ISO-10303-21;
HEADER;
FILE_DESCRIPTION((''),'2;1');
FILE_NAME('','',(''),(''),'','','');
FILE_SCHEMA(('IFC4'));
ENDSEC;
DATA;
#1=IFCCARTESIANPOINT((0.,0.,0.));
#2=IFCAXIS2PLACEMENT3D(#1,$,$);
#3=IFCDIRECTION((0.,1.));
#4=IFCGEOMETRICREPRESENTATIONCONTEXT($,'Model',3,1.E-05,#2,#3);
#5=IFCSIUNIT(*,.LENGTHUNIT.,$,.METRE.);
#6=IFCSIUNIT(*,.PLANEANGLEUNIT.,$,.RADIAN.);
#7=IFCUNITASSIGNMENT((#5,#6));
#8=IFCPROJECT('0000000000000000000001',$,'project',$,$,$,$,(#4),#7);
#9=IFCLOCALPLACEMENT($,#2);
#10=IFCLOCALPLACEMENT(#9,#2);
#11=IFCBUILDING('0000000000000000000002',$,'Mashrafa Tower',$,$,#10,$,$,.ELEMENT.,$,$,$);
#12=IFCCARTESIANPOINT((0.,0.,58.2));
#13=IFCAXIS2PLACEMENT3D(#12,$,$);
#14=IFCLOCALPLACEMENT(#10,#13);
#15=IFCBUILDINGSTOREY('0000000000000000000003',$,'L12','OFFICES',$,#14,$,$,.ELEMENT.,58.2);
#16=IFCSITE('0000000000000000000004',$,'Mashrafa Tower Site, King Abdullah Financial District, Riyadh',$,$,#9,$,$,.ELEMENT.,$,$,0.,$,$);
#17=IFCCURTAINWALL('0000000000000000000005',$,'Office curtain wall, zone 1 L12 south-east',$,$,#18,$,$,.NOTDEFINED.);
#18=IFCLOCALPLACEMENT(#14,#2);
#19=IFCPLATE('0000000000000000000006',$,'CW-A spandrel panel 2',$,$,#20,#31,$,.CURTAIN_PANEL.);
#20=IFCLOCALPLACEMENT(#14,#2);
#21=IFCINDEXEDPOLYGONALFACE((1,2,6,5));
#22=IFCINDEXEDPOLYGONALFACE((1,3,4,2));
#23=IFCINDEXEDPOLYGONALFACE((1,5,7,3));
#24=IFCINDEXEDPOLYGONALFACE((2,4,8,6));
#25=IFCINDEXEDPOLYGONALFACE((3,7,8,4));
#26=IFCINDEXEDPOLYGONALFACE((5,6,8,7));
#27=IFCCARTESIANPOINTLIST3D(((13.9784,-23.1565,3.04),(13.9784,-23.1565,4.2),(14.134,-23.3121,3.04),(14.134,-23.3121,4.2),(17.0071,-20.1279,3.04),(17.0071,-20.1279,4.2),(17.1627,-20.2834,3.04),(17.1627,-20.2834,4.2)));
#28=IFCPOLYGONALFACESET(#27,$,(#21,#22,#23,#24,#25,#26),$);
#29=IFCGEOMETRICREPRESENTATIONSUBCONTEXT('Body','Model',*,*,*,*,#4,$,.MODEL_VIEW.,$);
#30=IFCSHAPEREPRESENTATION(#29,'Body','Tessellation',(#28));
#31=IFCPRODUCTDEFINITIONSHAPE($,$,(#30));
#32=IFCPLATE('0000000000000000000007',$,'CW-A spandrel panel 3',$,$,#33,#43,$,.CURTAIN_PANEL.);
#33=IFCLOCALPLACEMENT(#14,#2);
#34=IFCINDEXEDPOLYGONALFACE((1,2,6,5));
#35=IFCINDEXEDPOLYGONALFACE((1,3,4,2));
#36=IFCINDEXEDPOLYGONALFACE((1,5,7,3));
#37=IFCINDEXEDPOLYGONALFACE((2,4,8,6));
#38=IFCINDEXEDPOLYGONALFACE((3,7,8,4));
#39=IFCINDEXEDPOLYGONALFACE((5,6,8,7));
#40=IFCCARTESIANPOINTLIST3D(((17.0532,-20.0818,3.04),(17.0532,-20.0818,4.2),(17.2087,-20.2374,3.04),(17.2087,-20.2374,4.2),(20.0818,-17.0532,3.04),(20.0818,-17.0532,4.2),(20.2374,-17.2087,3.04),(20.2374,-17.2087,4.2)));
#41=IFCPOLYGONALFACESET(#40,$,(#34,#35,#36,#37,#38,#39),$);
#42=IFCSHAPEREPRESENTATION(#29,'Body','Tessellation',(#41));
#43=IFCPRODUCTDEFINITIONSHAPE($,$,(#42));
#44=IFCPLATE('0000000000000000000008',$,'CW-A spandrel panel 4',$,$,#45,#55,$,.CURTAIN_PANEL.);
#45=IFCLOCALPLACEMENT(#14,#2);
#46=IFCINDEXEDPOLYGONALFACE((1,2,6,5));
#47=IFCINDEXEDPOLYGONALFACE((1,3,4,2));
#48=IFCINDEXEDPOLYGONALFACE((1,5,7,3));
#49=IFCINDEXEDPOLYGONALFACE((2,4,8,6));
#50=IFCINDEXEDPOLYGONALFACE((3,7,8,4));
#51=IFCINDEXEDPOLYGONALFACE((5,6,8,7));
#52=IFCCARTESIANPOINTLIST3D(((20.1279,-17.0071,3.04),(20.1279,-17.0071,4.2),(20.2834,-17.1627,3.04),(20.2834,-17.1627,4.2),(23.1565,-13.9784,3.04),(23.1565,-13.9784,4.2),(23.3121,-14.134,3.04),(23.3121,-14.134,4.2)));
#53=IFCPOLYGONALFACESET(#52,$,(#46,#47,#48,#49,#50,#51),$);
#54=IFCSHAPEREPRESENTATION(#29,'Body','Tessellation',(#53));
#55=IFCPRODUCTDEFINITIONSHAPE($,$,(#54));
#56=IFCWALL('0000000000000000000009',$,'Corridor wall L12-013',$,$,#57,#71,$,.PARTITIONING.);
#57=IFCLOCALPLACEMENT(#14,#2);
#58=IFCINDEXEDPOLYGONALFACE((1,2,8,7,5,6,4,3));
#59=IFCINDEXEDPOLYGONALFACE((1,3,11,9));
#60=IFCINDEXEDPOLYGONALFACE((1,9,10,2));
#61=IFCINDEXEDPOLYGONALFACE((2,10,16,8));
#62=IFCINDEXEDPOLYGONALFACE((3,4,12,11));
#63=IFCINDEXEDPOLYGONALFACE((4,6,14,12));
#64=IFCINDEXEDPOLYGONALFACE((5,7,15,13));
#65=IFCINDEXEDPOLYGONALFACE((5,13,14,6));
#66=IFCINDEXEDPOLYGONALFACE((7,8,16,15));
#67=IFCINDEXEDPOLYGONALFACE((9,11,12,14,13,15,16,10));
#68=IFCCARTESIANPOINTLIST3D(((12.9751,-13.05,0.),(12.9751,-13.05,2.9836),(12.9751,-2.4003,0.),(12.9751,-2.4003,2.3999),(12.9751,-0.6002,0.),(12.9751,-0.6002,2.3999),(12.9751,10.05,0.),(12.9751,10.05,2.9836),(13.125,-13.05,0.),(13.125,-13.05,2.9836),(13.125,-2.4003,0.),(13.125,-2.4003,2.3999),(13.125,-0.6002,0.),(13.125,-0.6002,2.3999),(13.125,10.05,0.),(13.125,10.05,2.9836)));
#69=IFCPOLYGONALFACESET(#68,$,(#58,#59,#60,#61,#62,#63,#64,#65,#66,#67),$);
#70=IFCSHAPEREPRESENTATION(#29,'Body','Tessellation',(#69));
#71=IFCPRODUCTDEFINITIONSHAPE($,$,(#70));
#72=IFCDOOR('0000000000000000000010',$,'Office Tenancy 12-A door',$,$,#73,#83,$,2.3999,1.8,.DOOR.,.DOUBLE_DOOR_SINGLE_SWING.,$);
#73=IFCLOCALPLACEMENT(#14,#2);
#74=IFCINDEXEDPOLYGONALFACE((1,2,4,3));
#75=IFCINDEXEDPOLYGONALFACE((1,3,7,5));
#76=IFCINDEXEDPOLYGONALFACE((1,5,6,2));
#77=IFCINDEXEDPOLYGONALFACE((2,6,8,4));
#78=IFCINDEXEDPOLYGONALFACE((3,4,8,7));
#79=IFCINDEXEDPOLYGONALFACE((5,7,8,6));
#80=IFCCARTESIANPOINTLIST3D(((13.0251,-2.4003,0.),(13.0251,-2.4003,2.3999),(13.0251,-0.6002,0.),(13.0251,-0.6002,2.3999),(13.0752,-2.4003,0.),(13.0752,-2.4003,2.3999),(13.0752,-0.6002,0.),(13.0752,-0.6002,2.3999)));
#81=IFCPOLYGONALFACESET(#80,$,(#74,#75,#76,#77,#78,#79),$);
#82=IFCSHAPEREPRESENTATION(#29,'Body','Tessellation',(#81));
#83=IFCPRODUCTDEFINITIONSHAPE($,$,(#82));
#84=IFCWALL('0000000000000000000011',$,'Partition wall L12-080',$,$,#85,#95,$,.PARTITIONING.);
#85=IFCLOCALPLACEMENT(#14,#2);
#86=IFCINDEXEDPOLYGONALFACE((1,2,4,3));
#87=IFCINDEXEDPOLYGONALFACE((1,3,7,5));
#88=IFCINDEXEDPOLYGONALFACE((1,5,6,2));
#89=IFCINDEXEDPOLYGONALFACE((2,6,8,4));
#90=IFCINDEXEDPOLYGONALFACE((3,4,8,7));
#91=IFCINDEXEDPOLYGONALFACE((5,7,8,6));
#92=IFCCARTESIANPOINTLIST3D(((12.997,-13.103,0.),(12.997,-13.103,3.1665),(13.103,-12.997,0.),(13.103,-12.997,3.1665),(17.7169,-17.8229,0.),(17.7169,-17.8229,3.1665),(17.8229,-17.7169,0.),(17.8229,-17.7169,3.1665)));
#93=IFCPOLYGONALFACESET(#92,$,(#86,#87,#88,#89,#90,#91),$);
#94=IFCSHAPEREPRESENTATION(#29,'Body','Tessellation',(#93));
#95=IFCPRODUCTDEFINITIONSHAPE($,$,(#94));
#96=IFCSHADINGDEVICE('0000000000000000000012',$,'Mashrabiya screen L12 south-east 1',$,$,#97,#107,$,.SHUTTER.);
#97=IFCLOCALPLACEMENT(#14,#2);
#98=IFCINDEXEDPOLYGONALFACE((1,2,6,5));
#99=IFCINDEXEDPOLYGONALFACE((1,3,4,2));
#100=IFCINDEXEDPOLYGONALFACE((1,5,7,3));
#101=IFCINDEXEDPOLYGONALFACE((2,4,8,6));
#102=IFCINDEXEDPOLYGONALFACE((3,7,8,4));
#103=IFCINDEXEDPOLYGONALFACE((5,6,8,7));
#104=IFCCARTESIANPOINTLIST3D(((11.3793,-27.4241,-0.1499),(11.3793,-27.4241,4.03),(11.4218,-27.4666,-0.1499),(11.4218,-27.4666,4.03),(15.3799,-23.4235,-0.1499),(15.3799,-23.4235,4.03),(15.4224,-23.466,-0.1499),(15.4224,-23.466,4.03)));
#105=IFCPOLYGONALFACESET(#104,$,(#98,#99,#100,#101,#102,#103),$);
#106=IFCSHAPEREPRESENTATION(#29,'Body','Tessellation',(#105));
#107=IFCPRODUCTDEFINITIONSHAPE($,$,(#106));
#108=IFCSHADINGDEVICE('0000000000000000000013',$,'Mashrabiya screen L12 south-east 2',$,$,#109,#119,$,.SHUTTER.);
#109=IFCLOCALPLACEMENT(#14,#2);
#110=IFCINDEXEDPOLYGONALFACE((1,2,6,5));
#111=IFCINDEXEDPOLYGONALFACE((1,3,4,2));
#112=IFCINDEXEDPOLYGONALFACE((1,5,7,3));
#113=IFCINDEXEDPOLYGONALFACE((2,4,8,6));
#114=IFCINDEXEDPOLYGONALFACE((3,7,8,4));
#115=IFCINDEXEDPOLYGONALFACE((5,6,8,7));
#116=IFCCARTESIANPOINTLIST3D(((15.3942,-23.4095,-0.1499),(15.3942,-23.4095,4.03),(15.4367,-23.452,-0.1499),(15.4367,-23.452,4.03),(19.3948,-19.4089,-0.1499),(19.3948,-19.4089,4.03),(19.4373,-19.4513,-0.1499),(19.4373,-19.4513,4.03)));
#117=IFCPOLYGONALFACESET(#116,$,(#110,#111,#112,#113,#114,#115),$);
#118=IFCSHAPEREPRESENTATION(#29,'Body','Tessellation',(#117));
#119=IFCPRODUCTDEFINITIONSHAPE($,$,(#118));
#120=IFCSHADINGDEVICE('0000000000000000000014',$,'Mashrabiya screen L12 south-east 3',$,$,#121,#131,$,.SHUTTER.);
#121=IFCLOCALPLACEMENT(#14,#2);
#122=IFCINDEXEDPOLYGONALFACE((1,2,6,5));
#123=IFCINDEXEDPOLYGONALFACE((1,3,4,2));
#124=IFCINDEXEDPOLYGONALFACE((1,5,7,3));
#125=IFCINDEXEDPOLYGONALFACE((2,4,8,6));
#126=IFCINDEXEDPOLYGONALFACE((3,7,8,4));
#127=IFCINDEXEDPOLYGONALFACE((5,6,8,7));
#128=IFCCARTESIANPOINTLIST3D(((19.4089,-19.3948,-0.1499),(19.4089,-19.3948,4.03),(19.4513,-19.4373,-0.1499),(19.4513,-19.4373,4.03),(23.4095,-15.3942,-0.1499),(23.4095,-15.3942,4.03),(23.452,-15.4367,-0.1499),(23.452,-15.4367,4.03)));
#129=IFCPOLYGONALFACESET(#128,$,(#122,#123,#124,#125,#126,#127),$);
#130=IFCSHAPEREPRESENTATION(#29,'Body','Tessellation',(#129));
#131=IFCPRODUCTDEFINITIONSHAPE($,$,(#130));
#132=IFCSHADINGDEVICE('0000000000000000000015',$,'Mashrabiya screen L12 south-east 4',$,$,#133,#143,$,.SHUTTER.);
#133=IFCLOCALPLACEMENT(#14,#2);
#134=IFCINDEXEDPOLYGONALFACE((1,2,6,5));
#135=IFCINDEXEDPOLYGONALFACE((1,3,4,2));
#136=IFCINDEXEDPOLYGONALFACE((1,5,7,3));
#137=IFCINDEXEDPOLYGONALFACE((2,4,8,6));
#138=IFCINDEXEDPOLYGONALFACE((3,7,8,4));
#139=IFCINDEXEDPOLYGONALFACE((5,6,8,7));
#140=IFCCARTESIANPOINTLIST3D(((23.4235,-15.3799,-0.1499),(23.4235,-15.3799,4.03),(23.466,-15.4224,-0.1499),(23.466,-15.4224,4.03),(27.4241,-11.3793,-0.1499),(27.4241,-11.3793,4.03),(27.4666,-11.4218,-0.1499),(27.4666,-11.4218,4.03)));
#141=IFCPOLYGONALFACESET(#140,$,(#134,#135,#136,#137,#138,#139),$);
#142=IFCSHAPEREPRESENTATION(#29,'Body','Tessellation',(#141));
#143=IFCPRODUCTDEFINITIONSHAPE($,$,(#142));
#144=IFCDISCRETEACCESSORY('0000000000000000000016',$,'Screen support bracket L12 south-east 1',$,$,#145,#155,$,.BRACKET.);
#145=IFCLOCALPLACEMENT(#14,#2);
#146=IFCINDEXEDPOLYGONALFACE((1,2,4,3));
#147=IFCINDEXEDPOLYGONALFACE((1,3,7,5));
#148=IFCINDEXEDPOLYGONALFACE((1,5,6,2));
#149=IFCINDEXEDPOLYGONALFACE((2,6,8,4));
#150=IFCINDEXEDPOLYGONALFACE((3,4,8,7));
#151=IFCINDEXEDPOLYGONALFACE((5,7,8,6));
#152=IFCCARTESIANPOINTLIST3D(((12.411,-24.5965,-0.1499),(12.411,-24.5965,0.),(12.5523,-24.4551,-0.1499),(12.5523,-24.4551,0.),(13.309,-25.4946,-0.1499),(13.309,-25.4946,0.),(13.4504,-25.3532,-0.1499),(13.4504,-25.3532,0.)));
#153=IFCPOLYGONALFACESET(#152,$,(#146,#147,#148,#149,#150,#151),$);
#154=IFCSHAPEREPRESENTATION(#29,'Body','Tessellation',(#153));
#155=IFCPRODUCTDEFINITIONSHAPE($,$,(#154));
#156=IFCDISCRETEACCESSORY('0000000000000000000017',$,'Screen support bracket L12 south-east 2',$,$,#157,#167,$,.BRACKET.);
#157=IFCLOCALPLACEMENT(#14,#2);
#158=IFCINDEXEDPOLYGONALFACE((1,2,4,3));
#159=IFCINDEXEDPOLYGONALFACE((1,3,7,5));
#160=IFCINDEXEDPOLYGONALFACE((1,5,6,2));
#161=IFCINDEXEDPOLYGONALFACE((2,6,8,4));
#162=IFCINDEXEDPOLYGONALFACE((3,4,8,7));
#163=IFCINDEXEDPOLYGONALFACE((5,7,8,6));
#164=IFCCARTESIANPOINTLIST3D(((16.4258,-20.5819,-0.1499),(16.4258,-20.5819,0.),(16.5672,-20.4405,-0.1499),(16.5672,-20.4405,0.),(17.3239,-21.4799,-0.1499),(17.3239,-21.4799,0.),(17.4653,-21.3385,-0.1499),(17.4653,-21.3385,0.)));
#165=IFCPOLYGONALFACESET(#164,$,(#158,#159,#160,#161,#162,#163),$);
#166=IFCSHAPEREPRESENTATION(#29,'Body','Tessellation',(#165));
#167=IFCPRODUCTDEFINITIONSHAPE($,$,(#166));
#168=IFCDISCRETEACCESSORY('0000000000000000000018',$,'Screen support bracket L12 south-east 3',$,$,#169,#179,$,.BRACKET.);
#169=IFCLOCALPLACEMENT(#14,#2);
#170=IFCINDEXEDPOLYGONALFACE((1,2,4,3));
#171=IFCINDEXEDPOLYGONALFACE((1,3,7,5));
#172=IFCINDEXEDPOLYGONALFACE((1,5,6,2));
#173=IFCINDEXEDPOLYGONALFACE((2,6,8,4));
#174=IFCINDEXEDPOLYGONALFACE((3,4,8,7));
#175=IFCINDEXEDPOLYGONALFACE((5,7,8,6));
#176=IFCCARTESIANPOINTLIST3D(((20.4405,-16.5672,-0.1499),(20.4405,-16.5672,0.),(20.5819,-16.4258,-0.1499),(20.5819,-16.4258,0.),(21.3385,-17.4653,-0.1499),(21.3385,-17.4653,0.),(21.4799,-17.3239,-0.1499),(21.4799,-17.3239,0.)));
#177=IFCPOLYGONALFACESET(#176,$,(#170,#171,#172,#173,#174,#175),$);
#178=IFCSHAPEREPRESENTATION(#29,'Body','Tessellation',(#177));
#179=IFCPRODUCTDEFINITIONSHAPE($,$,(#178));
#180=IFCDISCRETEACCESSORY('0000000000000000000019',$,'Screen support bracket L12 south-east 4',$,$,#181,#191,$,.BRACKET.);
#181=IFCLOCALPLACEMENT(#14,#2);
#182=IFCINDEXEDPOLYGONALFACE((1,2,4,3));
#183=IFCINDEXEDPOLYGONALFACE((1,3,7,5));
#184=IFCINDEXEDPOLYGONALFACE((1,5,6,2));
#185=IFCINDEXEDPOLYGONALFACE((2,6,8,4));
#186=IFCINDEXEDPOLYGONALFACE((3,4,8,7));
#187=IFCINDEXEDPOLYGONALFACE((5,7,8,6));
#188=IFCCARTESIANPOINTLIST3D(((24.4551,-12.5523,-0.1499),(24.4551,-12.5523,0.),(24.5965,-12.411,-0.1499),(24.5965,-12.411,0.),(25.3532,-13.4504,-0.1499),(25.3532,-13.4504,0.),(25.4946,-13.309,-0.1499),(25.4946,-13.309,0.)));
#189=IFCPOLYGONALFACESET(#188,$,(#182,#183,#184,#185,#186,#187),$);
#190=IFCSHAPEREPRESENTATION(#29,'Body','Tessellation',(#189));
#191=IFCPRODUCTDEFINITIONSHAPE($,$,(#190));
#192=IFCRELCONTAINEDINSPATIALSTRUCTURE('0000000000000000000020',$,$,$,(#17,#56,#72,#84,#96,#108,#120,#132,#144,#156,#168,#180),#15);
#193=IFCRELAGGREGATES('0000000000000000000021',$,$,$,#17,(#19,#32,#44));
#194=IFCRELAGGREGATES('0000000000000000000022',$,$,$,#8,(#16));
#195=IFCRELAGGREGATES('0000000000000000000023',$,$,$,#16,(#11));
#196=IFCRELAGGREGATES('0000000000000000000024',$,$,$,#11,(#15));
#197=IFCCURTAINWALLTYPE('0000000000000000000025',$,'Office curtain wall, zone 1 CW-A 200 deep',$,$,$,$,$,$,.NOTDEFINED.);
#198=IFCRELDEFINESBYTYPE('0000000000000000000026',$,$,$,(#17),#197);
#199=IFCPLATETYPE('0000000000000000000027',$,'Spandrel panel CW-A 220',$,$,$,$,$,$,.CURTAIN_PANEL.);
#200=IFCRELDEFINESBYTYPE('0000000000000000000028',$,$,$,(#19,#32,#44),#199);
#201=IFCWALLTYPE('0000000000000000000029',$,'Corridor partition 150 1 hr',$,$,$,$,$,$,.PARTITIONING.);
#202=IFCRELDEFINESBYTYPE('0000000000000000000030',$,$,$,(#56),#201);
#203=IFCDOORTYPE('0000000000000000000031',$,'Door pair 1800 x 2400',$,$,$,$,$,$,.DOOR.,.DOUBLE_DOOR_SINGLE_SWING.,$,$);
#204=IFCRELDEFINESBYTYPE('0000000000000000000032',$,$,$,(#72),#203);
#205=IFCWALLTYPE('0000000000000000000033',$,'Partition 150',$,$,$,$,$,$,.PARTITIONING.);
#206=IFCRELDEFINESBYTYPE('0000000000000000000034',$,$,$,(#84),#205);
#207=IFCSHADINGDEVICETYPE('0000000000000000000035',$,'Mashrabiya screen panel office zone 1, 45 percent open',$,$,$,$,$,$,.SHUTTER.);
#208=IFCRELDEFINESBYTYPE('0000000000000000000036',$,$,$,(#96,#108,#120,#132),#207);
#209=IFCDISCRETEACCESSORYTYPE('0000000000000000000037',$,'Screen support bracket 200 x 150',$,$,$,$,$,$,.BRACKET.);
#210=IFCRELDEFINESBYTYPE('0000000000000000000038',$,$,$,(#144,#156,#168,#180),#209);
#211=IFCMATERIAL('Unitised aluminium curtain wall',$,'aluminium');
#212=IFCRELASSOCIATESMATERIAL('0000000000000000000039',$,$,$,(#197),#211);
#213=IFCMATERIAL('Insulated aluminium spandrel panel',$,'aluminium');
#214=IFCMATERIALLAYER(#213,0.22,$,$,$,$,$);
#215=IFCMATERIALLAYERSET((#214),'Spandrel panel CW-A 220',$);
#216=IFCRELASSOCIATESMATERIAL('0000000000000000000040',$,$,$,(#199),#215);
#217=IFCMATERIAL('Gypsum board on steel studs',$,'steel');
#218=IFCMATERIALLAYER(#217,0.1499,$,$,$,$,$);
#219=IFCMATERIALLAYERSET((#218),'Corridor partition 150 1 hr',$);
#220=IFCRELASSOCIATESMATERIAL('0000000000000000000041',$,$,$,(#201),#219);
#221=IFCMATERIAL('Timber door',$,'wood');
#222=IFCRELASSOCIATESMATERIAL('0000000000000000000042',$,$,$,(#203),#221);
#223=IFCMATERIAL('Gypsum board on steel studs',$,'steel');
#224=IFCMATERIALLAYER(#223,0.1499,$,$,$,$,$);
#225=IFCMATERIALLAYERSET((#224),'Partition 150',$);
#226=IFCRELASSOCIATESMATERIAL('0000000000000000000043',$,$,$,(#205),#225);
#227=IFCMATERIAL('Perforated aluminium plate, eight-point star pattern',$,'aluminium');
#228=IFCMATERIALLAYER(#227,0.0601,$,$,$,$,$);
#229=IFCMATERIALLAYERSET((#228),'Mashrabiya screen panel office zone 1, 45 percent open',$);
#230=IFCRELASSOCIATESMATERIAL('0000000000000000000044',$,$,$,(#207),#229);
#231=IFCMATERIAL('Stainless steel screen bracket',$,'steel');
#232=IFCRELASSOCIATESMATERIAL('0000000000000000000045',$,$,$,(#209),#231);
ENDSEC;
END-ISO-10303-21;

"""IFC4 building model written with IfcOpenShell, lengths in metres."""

from ifc_helpers import new_model, si_unit, direction, frame, frame_2d, origin, origin_2d, place, context, subcontext, project, spatial, rectangle, extrude, source, transform, mapped, material, layer, layer_set, type_object, type_shapes, element, fill, aggregate, save


model = new_model("IFC4")

# Units and contexts
model_context = context("Model", 3, precision=1e-05, world=origin(), true_north=direction((0.0, 1.0)))
body_context = subcontext(model_context, "Body", "Model", "MODEL_VIEW")
ifc_project = project(units=[si_unit("LENGTHUNIT", "METRE"), si_unit("PLANEANGLEUNIT", "RADIAN")], contexts=[model_context])

# Site, building, storey
site_placement = place(None, origin())
site = spatial("IfcSite", under=ifc_project, at=site_placement, Name="Mashrafa Tower Site, King Abdullah Financial District, Riyadh", CompositionType="ELEMENT", RefElevation=0.0)
building_placement = place(site_placement, origin())
building = spatial("IfcBuilding", under=site, at=building_placement, Name="Mashrafa Tower", CompositionType="ELEMENT")
storey_placement = place(building_placement, frame((0.0, 0.0, 58.2)))
storey = spatial("IfcBuildingStorey", under=building, at=storey_placement, Name="L12", Description="OFFICES", CompositionType="ELEMENT", Elevation=58.2)

# Curtain wall, plates
ifc_material_1 = material(Name="Unitised aluminium curtain wall", Category="aluminium")
curtain_wall_type = type_object("IfcCurtainWallType", Name="Office curtain wall, zone 1 CW-A 200 deep", PredefinedType="NOTDEFINED", material=ifc_material_1)
curtain_wall_placement = place(storey_placement, origin())
curtain_wall = element("IfcCurtainWall", 1, at=curtain_wall_placement, inside=storey, type_object=curtain_wall_type, Name="Office curtain wall, zone 1 L12 south-east", PredefinedType="NOTDEFINED")
ifc_material_2 = material(Name="Insulated aluminium spandrel panel", Category="aluminium")
ifc_layer_1 = layer(ifc_material_2, 0.22)
ifc_layer_set_1 = layer_set([ifc_layer_1], Name="Spandrel panel CW-A 220")
plate_type_1 = type_object("IfcPlateType", Name="Spandrel panel CW-A 220", PredefinedType="CURTAIN_PANEL", material=ifc_layer_set_1)
shared_shape_1 = source(origin(), body_context, "Body", "SweptSolid", [
    extrude(rectangle(XDim=4.2832, YDim=0.22, at=origin_2d()), origin(), (0.0, 0.0, 1.0), 1.1599),
])
plate_1_placement = place(storey_placement, frame((15.5706, -21.72, 3.04), z_axis=(0.0, 0.0, 1.0), x_axis=(0.707107, 0.707107, 0.0)))
plate_1 = element("IfcPlate", 2, at=plate_1_placement, type_object=plate_type_1, Name="CW-A spandrel panel 2", PredefinedType="CURTAIN_PANEL", context=body_context, shape_type="MappedRepresentation", body=[
    mapped(shared_shape_1, transform((0.0, 0.0, 0.0))),
])
plate_2_placement = place(storey_placement, frame((18.6453, -18.6453, 3.04), z_axis=(0.0, 0.0, 1.0), x_axis=(0.707107, 0.707107, 0.0)))
plate_2 = element("IfcPlate", 3, at=plate_2_placement, type_object=plate_type_1, Name="CW-A spandrel panel 3", PredefinedType="CURTAIN_PANEL", context=body_context, shape_type="MappedRepresentation", body=[
    mapped(shared_shape_1, transform((0.0, 0.0, 0.0))),
])
plate_3_placement = place(storey_placement, frame((21.72, -15.5706, 3.04), z_axis=(0.0, 0.0, 1.0), x_axis=(0.707107, 0.707107, 0.0)))
plate_3 = element("IfcPlate", 4, at=plate_3_placement, type_object=plate_type_1, Name="CW-A spandrel panel 4", PredefinedType="CURTAIN_PANEL", context=body_context, shape_type="MappedRepresentation", body=[
    mapped(shared_shape_1, transform((0.0, 0.0, 0.0))),
])
aggregate(curtain_wall, [plate_1, plate_2, plate_3])

# Wall, opening, door
ifc_material_3 = material(Name="Gypsum board on steel studs", Category="steel")
ifc_layer_2 = layer(ifc_material_3, 0.1499)
ifc_layer_set_2 = layer_set([ifc_layer_2], Name="Corridor partition 150 1 hr")
wall_type_1 = type_object("IfcWallType", Name="Corridor partition 150 1 hr", PredefinedType="PARTITIONING", material=ifc_layer_set_2)
wall_1_placement = place(storey_placement, frame((13.05, -13.05, 0.0), z_axis=(0.0, 0.0, 1.0), x_axis=(0.0, 1.0, 0.0)))
wall_1 = element("IfcWall", 5, at=wall_1_placement, inside=storey, type_object=wall_type_1, Name="Corridor wall L12-013", PredefinedType="PARTITIONING", context=body_context, shape_type="SweptSolid", body=[
    extrude(rectangle(XDim=23.1001, YDim=0.1499, at=frame_2d((11.55, 0.0))), origin(), (0.0, 0.0, 1.0), 2.9836),
])
opening_placement = place(wall_1_placement, frame((10.6499, 0.0, 0.0)))
opening = element("IfcOpeningElement", 6, at=opening_placement, cuts=wall_1, PredefinedType="OPENING", context=body_context, shape_type="SweptSolid", body=[
    extrude(rectangle(XDim=1.8, YDim=2.3999, at=frame_2d((0.8999, 1.2))), frame((0.0, 0.085, 0.0), z_axis=(0.0, -1.0, 0.0), x_axis=(1.0, 0.0, 0.0)), (0.0, 0.0, 1.0), 0.1699),
])
ifc_material_4 = material(Name="Timber door", Category="wood")
door_type = type_object("IfcDoorType", Name="Door pair 1800 x 2400", OperationType="DOUBLE_DOOR_SINGLE_SWING", PredefinedType="DOOR", material=ifc_material_4)
door_placement = place(opening_placement, origin())
door = element("IfcDoor", 7, at=door_placement, inside=storey, type_object=door_type, Name="Office Tenancy 12-A door", OperationType="DOUBLE_DOOR_SINGLE_SWING", OverallHeight=2.3999, OverallWidth=1.8, PredefinedType="DOOR", context=body_context, shape_type="SweptSolid", body=[
    extrude(rectangle(XDim=1.8, YDim=2.3999, at=frame_2d((0.8999, 1.2))), frame((0.0, 0.0249, 0.0), z_axis=(0.0, -1.0, 0.0), x_axis=(1.0, 0.0, 0.0)), (0.0, 0.0, 1.0), 0.05),
])
fill(opening, door)

# Wall
ifc_material_5 = material(Name="Gypsum board on steel studs", Category="steel")
ifc_layer_3 = layer(ifc_material_5, 0.1499)
ifc_layer_set_3 = layer_set([ifc_layer_3], Name="Partition 150")
wall_type_2 = type_object("IfcWallType", Name="Partition 150", PredefinedType="PARTITIONING", material=ifc_layer_set_3)
wall_2_placement = place(storey_placement, frame((13.05, -13.05, 0.0), z_axis=(0.0, 0.0, 1.0), x_axis=(0.707107, -0.707107, 0.0)))
element("IfcWall", 8, at=wall_2_placement, inside=storey, type_object=wall_type_2, Name="Partition wall L12-080", PredefinedType="PARTITIONING", context=body_context, shape_type="SweptSolid", body=[
    extrude(rectangle(XDim=6.675, YDim=0.1499, at=frame_2d((3.3374, 0.0))), origin(), (0.0, 0.0, 1.0), 3.1665),
])

# Shading devices
ifc_material_6 = material(Name="Perforated aluminium plate, eight-point star pattern", Category="aluminium")
ifc_layer_4 = layer(ifc_material_6, 0.0601)
ifc_layer_set_4 = layer_set([ifc_layer_4], Name="Mashrabiya screen panel office zone 1, 45 percent open")
shading_device_type = type_object("IfcShadingDeviceType", Name="Mashrabiya screen panel office zone 1, 45 percent open", PredefinedType="SHUTTER", material=ifc_layer_set_4)
shared_shape_2 = source(origin(), body_context, "Body", "SweptSolid", [
    extrude(rectangle(XDim=5.6577, YDim=0.0601, at=origin_2d()), origin(), (0.0, 0.0, 1.0), 4.1799),
])
type_shapes(shading_device_type, [shared_shape_2])
for number, where, z_axis, x_axis, name in (
    (9, (13.4009, -25.4451, -0.1499), (0.0, 0.0, 1.0), (0.707107, 0.707107, 0.0), "Mashrabiya screen L12 south-east 1"),
    (10, (17.4158, -21.4304, -0.1499), (0.0, 0.0, 1.0), (0.707107, 0.707107, 0.0), "Mashrabiya screen L12 south-east 2"),
    (11, (21.4304, -17.4158, -0.1499), (0.0, 0.0, 1.0), (0.707107, 0.707107, 0.0), "Mashrabiya screen L12 south-east 3"),
    (12, (25.4451, -13.4009, -0.1499), (0.0, 0.0, 1.0), (0.707107, 0.707107, 0.0), "Mashrabiya screen L12 south-east 4"),
):
    element("IfcShadingDevice", number, at=place(storey_placement, frame(where, z_axis=z_axis, x_axis=x_axis)), inside=storey, type_object=shading_device_type, Name=name, PredefinedType="SHUTTER", context=body_context, shape_type="MappedRepresentation", body=[
        mapped(shared_shape_2, transform((0.0, 0.0, 0.0))),
    ])

# Discrete accessories
ifc_material_7 = material(Name="Stainless steel screen bracket", Category="steel")
discrete_accessory_type = type_object("IfcDiscreteAccessoryType", Name="Screen support bracket 200 x 150", PredefinedType="BRACKET", material=ifc_material_7)
shared_shape_3 = source(origin(), body_context, "Body", "SweptSolid", [
    extrude(rectangle(XDim=0.2, YDim=1.27, at=origin_2d()), origin(), (0.0, 0.0, 1.0), 0.1499),
])
type_shapes(discrete_accessory_type, [shared_shape_3])
for number, where, z_axis, x_axis, name in (
    (13, (12.9307, -24.9749, -0.1499), (0.0, 0.0, 1.0), (0.707107, 0.707107, 0.0), "Screen support bracket L12 south-east 1"),
    (14, (16.9456, -20.9602, -0.1499), (0.0, 0.0, 1.0), (0.707107, 0.707107, 0.0), "Screen support bracket L12 south-east 2"),
    (15, (20.9602, -16.9456, -0.1499), (0.0, 0.0, 1.0), (0.707107, 0.707107, 0.0), "Screen support bracket L12 south-east 3"),
    (16, (24.9749, -12.9307, -0.1499), (0.0, 0.0, 1.0), (0.707107, 0.707107, 0.0), "Screen support bracket L12 south-east 4"),
):
    element("IfcDiscreteAccessory", number, at=place(storey_placement, frame(where, z_axis=z_axis, x_axis=x_axis)), inside=storey, type_object=discrete_accessory_type, Name=name, PredefinedType="BRACKET", context=body_context, shape_type="MappedRepresentation", body=[
        mapped(shared_shape_3, transform((0.0, 0.0, 0.0))),
    ])

save(model, "model.ifc")
